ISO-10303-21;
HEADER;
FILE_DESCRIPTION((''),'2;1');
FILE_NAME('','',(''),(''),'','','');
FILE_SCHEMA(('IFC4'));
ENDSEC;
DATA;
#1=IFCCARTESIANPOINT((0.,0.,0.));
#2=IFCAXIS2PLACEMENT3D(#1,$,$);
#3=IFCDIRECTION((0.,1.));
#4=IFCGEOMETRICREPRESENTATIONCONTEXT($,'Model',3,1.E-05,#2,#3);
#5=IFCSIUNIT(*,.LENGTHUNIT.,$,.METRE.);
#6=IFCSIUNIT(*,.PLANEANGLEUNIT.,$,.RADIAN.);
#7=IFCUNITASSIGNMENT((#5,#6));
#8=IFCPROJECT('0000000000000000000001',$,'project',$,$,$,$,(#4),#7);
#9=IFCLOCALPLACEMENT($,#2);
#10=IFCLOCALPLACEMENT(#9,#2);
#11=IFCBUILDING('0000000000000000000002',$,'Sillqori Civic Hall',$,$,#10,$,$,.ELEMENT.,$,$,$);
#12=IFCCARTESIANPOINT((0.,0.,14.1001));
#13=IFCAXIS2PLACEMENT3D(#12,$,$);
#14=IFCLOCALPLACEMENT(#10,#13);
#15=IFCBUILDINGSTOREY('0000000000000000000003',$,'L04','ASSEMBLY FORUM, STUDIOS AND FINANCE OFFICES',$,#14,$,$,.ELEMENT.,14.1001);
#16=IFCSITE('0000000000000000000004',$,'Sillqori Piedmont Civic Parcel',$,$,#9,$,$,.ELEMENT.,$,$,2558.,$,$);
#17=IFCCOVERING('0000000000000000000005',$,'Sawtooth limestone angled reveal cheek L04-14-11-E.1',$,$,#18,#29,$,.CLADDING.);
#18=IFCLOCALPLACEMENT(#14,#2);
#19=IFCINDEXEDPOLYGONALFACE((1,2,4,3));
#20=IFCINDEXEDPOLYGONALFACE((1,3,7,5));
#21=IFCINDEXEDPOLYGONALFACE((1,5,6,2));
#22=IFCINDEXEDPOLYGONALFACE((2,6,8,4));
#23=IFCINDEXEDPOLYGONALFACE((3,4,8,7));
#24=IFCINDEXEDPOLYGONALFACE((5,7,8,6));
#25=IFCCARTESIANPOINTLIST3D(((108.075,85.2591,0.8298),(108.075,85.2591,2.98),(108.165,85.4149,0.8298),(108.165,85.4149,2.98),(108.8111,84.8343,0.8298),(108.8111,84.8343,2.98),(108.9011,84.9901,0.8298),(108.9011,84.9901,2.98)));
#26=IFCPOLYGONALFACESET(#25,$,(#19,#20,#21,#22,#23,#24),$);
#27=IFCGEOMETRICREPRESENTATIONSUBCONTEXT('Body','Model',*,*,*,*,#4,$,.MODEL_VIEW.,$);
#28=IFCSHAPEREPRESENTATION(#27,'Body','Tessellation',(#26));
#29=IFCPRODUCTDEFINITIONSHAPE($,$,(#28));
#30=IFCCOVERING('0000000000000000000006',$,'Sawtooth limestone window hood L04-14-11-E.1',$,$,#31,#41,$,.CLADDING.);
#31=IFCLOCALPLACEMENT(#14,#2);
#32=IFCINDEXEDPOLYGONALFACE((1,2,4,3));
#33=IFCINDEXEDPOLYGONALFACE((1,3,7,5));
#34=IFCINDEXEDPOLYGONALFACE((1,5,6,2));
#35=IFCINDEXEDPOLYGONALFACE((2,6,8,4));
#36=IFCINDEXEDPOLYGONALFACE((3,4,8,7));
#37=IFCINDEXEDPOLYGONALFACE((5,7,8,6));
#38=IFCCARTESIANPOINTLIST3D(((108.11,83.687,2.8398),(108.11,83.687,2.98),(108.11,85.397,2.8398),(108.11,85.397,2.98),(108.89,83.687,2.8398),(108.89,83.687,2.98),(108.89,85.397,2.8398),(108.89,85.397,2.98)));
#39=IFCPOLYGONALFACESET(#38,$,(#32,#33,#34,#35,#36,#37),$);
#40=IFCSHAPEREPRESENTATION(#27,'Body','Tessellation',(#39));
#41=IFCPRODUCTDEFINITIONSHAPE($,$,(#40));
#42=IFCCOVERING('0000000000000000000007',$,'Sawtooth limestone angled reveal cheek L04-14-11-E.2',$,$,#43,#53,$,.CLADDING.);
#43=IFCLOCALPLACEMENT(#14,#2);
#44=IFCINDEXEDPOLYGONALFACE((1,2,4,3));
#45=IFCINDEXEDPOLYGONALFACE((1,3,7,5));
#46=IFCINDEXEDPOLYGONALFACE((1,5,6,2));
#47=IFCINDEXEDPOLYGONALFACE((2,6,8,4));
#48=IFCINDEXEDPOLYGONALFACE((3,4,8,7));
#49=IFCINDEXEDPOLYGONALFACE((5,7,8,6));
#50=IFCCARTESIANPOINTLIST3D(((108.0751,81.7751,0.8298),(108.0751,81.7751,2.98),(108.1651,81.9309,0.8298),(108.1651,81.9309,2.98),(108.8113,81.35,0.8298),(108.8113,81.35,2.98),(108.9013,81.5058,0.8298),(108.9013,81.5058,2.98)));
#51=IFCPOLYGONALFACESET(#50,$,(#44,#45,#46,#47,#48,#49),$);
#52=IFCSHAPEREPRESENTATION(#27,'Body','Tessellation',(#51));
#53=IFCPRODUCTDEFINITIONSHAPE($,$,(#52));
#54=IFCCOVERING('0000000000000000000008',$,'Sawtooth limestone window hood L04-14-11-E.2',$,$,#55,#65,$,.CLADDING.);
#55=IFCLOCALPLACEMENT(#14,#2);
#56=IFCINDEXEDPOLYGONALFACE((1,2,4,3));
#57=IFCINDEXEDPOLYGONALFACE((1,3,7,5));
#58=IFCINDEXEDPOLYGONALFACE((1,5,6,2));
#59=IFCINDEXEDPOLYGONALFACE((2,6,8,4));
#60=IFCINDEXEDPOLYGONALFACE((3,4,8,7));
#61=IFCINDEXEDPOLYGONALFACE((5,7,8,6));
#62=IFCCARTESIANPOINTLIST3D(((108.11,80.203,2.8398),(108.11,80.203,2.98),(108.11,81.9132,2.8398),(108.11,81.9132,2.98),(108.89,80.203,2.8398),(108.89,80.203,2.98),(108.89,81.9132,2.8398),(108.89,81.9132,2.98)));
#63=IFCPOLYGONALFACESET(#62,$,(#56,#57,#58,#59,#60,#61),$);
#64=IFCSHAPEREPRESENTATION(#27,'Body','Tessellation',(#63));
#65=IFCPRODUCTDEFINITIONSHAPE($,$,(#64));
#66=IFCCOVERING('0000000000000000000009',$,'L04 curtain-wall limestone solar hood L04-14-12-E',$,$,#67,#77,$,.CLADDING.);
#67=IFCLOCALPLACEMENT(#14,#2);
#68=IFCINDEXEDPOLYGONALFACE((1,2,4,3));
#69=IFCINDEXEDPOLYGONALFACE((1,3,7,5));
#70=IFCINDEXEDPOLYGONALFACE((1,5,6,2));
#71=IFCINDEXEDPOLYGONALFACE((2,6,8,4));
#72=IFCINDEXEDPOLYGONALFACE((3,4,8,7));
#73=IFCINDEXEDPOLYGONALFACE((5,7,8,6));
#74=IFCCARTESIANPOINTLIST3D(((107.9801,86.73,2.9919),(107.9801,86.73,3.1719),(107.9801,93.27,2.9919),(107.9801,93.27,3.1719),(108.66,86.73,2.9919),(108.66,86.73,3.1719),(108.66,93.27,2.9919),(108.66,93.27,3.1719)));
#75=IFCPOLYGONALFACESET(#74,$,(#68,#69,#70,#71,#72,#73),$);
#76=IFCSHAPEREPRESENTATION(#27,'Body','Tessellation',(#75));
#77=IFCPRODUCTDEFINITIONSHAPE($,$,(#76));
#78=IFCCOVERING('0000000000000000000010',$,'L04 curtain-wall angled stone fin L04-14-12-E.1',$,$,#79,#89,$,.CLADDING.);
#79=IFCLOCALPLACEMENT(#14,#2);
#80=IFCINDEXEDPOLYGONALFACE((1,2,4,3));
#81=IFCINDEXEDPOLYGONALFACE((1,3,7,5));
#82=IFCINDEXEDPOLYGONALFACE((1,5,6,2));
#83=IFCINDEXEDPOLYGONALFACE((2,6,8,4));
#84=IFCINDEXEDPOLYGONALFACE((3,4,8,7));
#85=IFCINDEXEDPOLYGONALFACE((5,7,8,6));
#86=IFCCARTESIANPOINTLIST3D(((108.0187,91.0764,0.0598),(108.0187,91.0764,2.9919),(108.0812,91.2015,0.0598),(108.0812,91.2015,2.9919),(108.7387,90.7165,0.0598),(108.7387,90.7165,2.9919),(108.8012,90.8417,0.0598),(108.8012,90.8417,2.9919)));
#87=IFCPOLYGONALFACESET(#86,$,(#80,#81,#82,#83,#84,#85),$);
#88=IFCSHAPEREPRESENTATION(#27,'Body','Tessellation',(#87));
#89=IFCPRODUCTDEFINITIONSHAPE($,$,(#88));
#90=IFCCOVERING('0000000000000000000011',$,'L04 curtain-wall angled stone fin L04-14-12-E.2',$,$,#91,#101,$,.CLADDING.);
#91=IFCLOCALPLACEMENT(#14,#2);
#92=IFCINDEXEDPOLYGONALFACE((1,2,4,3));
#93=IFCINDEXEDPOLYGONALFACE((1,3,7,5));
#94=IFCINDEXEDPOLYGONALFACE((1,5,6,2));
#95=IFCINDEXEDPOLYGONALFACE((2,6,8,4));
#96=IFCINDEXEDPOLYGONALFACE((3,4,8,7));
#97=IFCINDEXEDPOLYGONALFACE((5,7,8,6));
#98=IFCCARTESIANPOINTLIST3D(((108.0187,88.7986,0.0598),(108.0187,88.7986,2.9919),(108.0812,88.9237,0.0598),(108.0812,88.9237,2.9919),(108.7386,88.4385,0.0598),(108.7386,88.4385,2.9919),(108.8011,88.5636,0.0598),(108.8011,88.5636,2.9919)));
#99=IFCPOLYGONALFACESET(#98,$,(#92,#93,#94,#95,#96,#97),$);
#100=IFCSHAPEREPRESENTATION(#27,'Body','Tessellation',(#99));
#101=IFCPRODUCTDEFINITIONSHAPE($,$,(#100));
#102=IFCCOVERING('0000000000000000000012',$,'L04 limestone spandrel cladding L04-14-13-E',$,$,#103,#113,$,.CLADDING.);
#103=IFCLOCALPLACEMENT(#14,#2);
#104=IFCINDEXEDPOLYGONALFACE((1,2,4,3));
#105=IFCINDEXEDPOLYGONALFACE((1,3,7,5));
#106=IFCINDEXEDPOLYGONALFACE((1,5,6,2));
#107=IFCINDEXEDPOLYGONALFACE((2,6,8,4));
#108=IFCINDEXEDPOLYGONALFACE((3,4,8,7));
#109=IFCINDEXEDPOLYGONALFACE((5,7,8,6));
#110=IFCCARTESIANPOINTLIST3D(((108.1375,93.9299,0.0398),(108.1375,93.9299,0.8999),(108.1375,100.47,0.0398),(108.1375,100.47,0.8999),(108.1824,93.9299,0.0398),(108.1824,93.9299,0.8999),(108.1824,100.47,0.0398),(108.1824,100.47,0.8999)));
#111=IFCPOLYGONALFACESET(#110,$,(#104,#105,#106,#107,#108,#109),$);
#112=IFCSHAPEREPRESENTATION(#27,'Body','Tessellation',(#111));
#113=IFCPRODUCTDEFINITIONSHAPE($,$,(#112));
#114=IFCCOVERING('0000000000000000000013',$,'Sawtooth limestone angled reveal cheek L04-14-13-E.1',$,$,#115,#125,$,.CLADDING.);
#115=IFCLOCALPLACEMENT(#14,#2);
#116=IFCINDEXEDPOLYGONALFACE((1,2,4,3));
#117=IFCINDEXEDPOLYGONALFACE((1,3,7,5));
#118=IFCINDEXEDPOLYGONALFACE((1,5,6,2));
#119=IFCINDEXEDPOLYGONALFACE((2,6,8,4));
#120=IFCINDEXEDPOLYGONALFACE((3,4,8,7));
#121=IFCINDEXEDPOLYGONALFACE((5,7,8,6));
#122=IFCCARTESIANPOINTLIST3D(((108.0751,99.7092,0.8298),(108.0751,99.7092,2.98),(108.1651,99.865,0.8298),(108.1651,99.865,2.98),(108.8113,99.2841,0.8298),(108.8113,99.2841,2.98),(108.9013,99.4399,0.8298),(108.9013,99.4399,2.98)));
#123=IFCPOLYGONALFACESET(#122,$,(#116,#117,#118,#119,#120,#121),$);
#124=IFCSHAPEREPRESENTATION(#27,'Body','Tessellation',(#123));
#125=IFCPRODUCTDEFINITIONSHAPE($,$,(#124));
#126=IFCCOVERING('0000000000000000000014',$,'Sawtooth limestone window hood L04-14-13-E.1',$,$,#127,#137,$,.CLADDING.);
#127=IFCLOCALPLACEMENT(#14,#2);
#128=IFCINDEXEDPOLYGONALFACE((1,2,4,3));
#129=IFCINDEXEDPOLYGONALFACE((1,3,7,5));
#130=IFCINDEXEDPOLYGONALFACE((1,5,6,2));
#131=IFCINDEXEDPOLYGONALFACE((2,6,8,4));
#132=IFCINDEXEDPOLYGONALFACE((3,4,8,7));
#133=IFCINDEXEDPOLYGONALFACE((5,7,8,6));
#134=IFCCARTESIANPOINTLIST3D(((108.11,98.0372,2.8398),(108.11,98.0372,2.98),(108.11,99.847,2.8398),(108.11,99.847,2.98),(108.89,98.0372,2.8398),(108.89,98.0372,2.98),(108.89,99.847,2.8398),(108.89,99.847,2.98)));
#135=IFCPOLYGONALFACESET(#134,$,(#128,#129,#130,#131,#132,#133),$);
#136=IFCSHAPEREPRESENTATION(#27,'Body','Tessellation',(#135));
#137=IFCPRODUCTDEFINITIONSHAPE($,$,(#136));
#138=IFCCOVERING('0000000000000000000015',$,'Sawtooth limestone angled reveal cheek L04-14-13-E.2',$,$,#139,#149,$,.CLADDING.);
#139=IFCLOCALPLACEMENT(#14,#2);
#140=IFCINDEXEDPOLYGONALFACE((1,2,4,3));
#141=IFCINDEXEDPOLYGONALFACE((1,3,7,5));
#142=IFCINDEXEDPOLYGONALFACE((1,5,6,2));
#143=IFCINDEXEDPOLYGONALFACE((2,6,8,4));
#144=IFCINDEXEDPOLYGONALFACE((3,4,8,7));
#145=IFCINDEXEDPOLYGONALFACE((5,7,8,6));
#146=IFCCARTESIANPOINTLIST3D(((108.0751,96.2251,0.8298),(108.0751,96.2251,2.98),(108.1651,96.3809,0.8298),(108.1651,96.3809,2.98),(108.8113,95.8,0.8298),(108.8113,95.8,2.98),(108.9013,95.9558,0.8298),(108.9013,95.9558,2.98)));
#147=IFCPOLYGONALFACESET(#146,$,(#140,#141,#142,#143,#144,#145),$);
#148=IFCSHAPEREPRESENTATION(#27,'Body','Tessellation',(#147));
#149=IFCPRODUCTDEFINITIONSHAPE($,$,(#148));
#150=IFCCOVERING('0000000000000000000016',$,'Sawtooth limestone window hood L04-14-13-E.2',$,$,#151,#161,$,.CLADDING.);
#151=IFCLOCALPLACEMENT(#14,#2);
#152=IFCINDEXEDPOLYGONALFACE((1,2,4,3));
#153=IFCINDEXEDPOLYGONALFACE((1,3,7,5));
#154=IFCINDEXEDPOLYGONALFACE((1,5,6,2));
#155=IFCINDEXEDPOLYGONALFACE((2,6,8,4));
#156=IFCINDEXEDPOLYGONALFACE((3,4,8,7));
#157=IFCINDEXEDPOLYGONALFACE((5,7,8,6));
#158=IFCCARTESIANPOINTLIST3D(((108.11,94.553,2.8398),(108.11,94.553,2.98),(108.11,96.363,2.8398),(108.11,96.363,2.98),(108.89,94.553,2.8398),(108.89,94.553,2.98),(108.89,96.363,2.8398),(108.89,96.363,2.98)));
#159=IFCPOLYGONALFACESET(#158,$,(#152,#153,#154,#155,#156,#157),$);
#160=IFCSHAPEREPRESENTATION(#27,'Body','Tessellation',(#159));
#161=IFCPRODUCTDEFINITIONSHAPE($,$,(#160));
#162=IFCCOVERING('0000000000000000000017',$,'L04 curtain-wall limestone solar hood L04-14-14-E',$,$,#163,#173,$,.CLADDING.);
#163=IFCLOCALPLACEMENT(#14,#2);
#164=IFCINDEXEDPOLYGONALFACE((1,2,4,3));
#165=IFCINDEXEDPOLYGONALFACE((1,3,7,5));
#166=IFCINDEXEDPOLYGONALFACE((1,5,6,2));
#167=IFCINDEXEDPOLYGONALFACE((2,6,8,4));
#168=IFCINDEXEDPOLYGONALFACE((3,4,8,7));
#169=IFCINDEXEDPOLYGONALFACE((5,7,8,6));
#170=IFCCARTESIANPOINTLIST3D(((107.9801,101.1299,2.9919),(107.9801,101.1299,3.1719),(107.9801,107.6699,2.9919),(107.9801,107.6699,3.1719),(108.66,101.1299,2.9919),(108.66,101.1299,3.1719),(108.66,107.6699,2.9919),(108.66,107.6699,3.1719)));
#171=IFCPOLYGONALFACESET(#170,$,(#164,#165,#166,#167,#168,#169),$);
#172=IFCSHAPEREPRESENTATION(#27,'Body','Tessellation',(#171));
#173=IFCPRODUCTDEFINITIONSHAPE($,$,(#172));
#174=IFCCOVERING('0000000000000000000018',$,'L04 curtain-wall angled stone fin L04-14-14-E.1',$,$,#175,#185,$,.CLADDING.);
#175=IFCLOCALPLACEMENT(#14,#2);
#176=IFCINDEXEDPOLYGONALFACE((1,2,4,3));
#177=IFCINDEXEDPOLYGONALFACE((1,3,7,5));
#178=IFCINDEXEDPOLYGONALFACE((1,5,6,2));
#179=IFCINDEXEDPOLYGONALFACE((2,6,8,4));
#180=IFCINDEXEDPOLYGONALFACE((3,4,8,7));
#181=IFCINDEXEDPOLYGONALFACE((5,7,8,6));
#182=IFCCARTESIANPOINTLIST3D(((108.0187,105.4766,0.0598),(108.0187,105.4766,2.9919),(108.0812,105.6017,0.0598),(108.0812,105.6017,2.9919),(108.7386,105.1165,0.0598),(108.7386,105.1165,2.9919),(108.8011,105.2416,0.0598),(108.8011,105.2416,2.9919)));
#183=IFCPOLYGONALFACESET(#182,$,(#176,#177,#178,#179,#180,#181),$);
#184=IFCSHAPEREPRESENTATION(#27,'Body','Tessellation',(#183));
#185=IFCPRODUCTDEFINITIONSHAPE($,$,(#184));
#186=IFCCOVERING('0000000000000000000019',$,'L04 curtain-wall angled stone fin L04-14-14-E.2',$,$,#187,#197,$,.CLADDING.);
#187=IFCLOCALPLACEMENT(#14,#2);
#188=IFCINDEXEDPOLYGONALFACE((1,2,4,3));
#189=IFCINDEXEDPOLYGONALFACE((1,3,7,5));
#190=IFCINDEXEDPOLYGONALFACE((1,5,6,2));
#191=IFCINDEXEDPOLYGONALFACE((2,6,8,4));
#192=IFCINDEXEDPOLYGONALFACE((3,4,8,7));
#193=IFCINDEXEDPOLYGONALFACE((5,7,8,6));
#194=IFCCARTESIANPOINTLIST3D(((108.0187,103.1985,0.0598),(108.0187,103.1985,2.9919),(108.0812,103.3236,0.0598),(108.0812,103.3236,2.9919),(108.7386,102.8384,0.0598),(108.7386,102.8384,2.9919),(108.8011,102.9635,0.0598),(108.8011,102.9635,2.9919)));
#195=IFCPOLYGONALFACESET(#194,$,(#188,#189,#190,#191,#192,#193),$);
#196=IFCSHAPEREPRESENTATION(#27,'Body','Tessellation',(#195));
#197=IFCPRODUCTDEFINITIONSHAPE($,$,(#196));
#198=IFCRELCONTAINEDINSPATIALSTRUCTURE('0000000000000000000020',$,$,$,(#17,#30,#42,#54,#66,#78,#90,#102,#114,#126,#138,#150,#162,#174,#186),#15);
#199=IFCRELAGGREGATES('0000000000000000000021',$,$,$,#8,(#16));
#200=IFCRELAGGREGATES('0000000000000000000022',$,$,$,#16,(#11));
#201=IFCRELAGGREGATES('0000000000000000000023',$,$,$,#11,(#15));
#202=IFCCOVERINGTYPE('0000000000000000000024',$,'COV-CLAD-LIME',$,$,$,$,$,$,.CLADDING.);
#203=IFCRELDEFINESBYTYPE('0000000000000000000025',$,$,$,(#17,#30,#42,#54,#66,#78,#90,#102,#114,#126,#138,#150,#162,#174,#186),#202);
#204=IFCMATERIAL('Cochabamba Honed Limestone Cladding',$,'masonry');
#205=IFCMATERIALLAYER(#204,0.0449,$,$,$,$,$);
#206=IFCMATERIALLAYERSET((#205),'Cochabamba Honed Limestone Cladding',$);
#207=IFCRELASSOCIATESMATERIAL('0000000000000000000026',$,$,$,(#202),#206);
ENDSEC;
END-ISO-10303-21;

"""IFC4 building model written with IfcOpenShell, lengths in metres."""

from ifc_helpers import new_model, si_unit, direction, frame, frame_2d, origin, place, context, subcontext, project, spatial, rectangle, extrude, material, layer, layer_set, type_object, element, save


model = new_model("IFC4")

# Units and contexts
model_context = context("Model", 3, precision=1e-05, world=origin(), true_north=direction((0.0, 1.0)))
body_context = subcontext(model_context, "Body", "Model", "MODEL_VIEW")
ifc_project = project(units=[si_unit("LENGTHUNIT", "METRE"), si_unit("PLANEANGLEUNIT", "RADIAN")], contexts=[model_context])

# Site, building, storey
site_placement = place(None, origin())
site = spatial("IfcSite", under=ifc_project, at=site_placement, Name="Sillqori Piedmont Civic Parcel", CompositionType="ELEMENT", RefElevation=2558.0)
building_placement = place(site_placement, origin())
building = spatial("IfcBuilding", under=site, at=building_placement, Name="Sillqori Civic Hall", CompositionType="ELEMENT")
storey_placement = place(building_placement, frame((0.0, 0.0, 14.1001)))
storey = spatial("IfcBuildingStorey", under=building, at=storey_placement, Name="L04", Description="ASSEMBLY FORUM, STUDIOS AND FINANCE OFFICES", CompositionType="ELEMENT", Elevation=14.1001)

# Coverings
ifc_material_1 = material(Name="Cochabamba Honed Limestone Cladding", Category="masonry")
ifc_layer_1 = layer(ifc_material_1, 0.0449)
ifc_layer_set_1 = layer_set([ifc_layer_1], Name="Cochabamba Honed Limestone Cladding")
covering_type = type_object("IfcCoveringType", Name="COV-CLAD-LIME", PredefinedType="CLADDING", material=ifc_layer_set_1)
covering_1_placement = place(storey_placement, frame((108.1201, 85.3369, 0.8298), z_axis=(0.0, 0.0, 1.0), x_axis=(0.866114, -0.499847, 0.0)))
element("IfcCovering", 1, at=covering_1_placement, inside=storey, type_object=covering_type, Name="Sawtooth limestone angled reveal cheek L04-14-11-E.1", PredefinedType="CLADDING", context=body_context, shape_type="SweptSolid", body=[
    extrude(rectangle(XDim=0.8499, YDim=0.1799, at=frame_2d((0.4248, 0.0))), origin(), (0.0, 0.0, 1.0), 2.1501),
])
covering_2_placement = place(storey_placement, frame((108.5, 85.397, 2.8398), z_axis=(0.0, 0.0, 1.0), x_axis=(0.0, -1.0, 0.0)))
element("IfcCovering", 2, at=covering_2_placement, inside=storey, type_object=covering_type, Name="Sawtooth limestone window hood L04-14-11-E.1", PredefinedType="CLADDING", context=body_context, shape_type="SweptSolid", body=[
    extrude(rectangle(XDim=1.71, YDim=0.78, at=frame_2d((0.855, 0.0))), origin(), (0.0, 0.0, 1.0), 0.1401),
])
covering_3_placement = place(storey_placement, frame((108.1201, 81.853, 0.8298), z_axis=(0.0, 0.0, 1.0), x_axis=(0.865989, -0.500062, 0.0)))
element("IfcCovering", 3, at=covering_3_placement, inside=storey, type_object=covering_type, Name="Sawtooth limestone angled reveal cheek L04-14-11-E.2", PredefinedType="CLADDING", context=body_context, shape_type="SweptSolid", body=[
    extrude(rectangle(XDim=0.8501, YDim=0.1799, at=frame_2d((0.425, 0.0))), origin(), (0.0, 0.0, 1.0), 2.1501),
])
covering_4_placement = place(storey_placement, frame((108.5, 81.9131, 2.8398), z_axis=(0.0, 0.0, 1.0), x_axis=(0.0, -1.0, 0.0)))
element("IfcCovering", 4, at=covering_4_placement, inside=storey, type_object=covering_type, Name="Sawtooth limestone window hood L04-14-11-E.2", PredefinedType="CLADDING", context=body_context, shape_type="SweptSolid", body=[
    extrude(rectangle(XDim=1.7102, YDim=0.78, at=frame_2d((0.855, 0.0))), origin(), (0.0, 0.0, 1.0), 0.1401),
])
covering_5_placement = place(storey_placement, frame((108.3201, 93.27, 2.9919), z_axis=(0.0, 0.0, 1.0), x_axis=(0.0, -1.0, 0.0)))
element("IfcCovering", 5, at=covering_5_placement, inside=storey, type_object=covering_type, Name="L04 curtain-wall limestone solar hood L04-14-12-E", PredefinedType="CLADDING", context=body_context, shape_type="SweptSolid", body=[
    extrude(rectangle(XDim=6.54, YDim=0.6799, at=frame_2d((3.27, 0.0))), origin(), (0.0, 0.0, 1.0), 0.1799),
])
for number, where, z_axis, x_axis, name in (
    (6, (108.05, 91.1389, 0.0598), (0.0, 0.0, 1.0), (0.894488, -0.447092, 0.0), "L04 curtain-wall angled stone fin L04-14-12-E.1"),
    (7, (108.05, 88.8611, 0.0598), (0.0, 0.0, 1.0), (0.894367, -0.447335, 0.0), "L04 curtain-wall angled stone fin L04-14-12-E.2"),
):
    element("IfcCovering", number, at=place(storey_placement, frame(where, z_axis=z_axis, x_axis=x_axis)), inside=storey, type_object=covering_type, Name=name, PredefinedType="CLADDING", context=body_context, shape_type="SweptSolid", body=[
        extrude(rectangle(XDim=0.8049, YDim=0.1399, at=frame_2d((0.4023, 0.0))), origin(), (0.0, 0.0, 1.0), 2.9321),
    ])
covering_6_placement = place(storey_placement, frame((108.1599, 100.47, 0.0398), z_axis=(0.0, 0.0, 1.0), x_axis=(0.0, -1.0, 0.0)))
element("IfcCovering", 8, at=covering_6_placement, inside=storey, type_object=covering_type, Name="L04 limestone spandrel cladding L04-14-13-E", PredefinedType="CLADDING", context=body_context, shape_type="SweptSolid", body=[
    extrude(rectangle(XDim=6.54, YDim=0.0449, at=frame_2d((3.27, 0.0))), origin(), (0.0, 0.0, 1.0), 0.8601),
])
covering_7_placement = place(storey_placement, frame((108.1201, 99.7871, 0.8298), z_axis=(0.0, 0.0, 1.0), x_axis=(0.865989, -0.500062, 0.0)))
element("IfcCovering", 9, at=covering_7_placement, inside=storey, type_object=covering_type, Name="Sawtooth limestone angled reveal cheek L04-14-13-E.1", PredefinedType="CLADDING", context=body_context, shape_type="SweptSolid", body=[
    extrude(rectangle(XDim=0.8501, YDim=0.1799, at=frame_2d((0.425, 0.0))), origin(), (0.0, 0.0, 1.0), 2.1501),
])
covering_8_placement = place(storey_placement, frame((108.5, 99.8469, 2.8398), z_axis=(0.0, 0.0, 1.0), x_axis=(0.0, -1.0, 0.0)))
element("IfcCovering", 10, at=covering_8_placement, inside=storey, type_object=covering_type, Name="Sawtooth limestone window hood L04-14-13-E.1", PredefinedType="CLADDING", context=body_context, shape_type="SweptSolid", body=[
    extrude(rectangle(XDim=1.8098, YDim=0.78, at=frame_2d((0.9048, 0.0))), origin(), (0.0, 0.0, 1.0), 0.1401),
])
covering_9_placement = place(storey_placement, frame((108.1201, 96.303, 0.8298), z_axis=(0.0, 0.0, 1.0), x_axis=(0.865989, -0.500062, 0.0)))
element("IfcCovering", 11, at=covering_9_placement, inside=storey, type_object=covering_type, Name="Sawtooth limestone angled reveal cheek L04-14-13-E.2", PredefinedType="CLADDING", context=body_context, shape_type="SweptSolid", body=[
    extrude(rectangle(XDim=0.8501, YDim=0.1799, at=frame_2d((0.425, 0.0))), origin(), (0.0, 0.0, 1.0), 2.1501),
])
covering_10_placement = place(storey_placement, frame((108.5, 96.363, 2.8398), z_axis=(0.0, 0.0, 1.0), x_axis=(0.0, -1.0, 0.0)))
element("IfcCovering", 12, at=covering_10_placement, inside=storey, type_object=covering_type, Name="Sawtooth limestone window hood L04-14-13-E.2", PredefinedType="CLADDING", context=body_context, shape_type="SweptSolid", body=[
    extrude(rectangle(XDim=1.8101, YDim=0.78, at=frame_2d((0.905, 0.0))), origin(), (0.0, 0.0, 1.0), 0.1401),
])
covering_11_placement = place(storey_placement, frame((108.3201, 107.6699, 2.9919), z_axis=(0.0, 0.0, 1.0), x_axis=(0.0, -1.0, 0.0)))
element("IfcCovering", 13, at=covering_11_placement, inside=storey, type_object=covering_type, Name="L04 curtain-wall limestone solar hood L04-14-14-E", PredefinedType="CLADDING", context=body_context, shape_type="SweptSolid", body=[
    extrude(rectangle(XDim=6.54, YDim=0.6799, at=frame_2d((3.27, 0.0))), origin(), (0.0, 0.0, 1.0), 0.1799),
])
for number, where, z_axis, x_axis, name in (
    (14, (108.05, 105.5391, 0.0598), (0.0, 0.0, 1.0), (0.894367, -0.447335, 0.0), "L04 curtain-wall angled stone fin L04-14-14-E.1"),
    (15, (108.05, 103.261, 0.0598), (0.0, 0.0, 1.0), (0.894367, -0.447335, 0.0), "L04 curtain-wall angled stone fin L04-14-14-E.2"),
):
    element("IfcCovering", number, at=place(storey_placement, frame(where, z_axis=z_axis, x_axis=x_axis)), inside=storey, type_object=covering_type, Name=name, PredefinedType="CLADDING", context=body_context, shape_type="SweptSolid", body=[
        extrude(rectangle(XDim=0.8049, YDim=0.1399, at=frame_2d((0.4023, 0.0))), origin(), (0.0, 0.0, 1.0), 2.9321),
    ])

save(model, "model.ifc")
